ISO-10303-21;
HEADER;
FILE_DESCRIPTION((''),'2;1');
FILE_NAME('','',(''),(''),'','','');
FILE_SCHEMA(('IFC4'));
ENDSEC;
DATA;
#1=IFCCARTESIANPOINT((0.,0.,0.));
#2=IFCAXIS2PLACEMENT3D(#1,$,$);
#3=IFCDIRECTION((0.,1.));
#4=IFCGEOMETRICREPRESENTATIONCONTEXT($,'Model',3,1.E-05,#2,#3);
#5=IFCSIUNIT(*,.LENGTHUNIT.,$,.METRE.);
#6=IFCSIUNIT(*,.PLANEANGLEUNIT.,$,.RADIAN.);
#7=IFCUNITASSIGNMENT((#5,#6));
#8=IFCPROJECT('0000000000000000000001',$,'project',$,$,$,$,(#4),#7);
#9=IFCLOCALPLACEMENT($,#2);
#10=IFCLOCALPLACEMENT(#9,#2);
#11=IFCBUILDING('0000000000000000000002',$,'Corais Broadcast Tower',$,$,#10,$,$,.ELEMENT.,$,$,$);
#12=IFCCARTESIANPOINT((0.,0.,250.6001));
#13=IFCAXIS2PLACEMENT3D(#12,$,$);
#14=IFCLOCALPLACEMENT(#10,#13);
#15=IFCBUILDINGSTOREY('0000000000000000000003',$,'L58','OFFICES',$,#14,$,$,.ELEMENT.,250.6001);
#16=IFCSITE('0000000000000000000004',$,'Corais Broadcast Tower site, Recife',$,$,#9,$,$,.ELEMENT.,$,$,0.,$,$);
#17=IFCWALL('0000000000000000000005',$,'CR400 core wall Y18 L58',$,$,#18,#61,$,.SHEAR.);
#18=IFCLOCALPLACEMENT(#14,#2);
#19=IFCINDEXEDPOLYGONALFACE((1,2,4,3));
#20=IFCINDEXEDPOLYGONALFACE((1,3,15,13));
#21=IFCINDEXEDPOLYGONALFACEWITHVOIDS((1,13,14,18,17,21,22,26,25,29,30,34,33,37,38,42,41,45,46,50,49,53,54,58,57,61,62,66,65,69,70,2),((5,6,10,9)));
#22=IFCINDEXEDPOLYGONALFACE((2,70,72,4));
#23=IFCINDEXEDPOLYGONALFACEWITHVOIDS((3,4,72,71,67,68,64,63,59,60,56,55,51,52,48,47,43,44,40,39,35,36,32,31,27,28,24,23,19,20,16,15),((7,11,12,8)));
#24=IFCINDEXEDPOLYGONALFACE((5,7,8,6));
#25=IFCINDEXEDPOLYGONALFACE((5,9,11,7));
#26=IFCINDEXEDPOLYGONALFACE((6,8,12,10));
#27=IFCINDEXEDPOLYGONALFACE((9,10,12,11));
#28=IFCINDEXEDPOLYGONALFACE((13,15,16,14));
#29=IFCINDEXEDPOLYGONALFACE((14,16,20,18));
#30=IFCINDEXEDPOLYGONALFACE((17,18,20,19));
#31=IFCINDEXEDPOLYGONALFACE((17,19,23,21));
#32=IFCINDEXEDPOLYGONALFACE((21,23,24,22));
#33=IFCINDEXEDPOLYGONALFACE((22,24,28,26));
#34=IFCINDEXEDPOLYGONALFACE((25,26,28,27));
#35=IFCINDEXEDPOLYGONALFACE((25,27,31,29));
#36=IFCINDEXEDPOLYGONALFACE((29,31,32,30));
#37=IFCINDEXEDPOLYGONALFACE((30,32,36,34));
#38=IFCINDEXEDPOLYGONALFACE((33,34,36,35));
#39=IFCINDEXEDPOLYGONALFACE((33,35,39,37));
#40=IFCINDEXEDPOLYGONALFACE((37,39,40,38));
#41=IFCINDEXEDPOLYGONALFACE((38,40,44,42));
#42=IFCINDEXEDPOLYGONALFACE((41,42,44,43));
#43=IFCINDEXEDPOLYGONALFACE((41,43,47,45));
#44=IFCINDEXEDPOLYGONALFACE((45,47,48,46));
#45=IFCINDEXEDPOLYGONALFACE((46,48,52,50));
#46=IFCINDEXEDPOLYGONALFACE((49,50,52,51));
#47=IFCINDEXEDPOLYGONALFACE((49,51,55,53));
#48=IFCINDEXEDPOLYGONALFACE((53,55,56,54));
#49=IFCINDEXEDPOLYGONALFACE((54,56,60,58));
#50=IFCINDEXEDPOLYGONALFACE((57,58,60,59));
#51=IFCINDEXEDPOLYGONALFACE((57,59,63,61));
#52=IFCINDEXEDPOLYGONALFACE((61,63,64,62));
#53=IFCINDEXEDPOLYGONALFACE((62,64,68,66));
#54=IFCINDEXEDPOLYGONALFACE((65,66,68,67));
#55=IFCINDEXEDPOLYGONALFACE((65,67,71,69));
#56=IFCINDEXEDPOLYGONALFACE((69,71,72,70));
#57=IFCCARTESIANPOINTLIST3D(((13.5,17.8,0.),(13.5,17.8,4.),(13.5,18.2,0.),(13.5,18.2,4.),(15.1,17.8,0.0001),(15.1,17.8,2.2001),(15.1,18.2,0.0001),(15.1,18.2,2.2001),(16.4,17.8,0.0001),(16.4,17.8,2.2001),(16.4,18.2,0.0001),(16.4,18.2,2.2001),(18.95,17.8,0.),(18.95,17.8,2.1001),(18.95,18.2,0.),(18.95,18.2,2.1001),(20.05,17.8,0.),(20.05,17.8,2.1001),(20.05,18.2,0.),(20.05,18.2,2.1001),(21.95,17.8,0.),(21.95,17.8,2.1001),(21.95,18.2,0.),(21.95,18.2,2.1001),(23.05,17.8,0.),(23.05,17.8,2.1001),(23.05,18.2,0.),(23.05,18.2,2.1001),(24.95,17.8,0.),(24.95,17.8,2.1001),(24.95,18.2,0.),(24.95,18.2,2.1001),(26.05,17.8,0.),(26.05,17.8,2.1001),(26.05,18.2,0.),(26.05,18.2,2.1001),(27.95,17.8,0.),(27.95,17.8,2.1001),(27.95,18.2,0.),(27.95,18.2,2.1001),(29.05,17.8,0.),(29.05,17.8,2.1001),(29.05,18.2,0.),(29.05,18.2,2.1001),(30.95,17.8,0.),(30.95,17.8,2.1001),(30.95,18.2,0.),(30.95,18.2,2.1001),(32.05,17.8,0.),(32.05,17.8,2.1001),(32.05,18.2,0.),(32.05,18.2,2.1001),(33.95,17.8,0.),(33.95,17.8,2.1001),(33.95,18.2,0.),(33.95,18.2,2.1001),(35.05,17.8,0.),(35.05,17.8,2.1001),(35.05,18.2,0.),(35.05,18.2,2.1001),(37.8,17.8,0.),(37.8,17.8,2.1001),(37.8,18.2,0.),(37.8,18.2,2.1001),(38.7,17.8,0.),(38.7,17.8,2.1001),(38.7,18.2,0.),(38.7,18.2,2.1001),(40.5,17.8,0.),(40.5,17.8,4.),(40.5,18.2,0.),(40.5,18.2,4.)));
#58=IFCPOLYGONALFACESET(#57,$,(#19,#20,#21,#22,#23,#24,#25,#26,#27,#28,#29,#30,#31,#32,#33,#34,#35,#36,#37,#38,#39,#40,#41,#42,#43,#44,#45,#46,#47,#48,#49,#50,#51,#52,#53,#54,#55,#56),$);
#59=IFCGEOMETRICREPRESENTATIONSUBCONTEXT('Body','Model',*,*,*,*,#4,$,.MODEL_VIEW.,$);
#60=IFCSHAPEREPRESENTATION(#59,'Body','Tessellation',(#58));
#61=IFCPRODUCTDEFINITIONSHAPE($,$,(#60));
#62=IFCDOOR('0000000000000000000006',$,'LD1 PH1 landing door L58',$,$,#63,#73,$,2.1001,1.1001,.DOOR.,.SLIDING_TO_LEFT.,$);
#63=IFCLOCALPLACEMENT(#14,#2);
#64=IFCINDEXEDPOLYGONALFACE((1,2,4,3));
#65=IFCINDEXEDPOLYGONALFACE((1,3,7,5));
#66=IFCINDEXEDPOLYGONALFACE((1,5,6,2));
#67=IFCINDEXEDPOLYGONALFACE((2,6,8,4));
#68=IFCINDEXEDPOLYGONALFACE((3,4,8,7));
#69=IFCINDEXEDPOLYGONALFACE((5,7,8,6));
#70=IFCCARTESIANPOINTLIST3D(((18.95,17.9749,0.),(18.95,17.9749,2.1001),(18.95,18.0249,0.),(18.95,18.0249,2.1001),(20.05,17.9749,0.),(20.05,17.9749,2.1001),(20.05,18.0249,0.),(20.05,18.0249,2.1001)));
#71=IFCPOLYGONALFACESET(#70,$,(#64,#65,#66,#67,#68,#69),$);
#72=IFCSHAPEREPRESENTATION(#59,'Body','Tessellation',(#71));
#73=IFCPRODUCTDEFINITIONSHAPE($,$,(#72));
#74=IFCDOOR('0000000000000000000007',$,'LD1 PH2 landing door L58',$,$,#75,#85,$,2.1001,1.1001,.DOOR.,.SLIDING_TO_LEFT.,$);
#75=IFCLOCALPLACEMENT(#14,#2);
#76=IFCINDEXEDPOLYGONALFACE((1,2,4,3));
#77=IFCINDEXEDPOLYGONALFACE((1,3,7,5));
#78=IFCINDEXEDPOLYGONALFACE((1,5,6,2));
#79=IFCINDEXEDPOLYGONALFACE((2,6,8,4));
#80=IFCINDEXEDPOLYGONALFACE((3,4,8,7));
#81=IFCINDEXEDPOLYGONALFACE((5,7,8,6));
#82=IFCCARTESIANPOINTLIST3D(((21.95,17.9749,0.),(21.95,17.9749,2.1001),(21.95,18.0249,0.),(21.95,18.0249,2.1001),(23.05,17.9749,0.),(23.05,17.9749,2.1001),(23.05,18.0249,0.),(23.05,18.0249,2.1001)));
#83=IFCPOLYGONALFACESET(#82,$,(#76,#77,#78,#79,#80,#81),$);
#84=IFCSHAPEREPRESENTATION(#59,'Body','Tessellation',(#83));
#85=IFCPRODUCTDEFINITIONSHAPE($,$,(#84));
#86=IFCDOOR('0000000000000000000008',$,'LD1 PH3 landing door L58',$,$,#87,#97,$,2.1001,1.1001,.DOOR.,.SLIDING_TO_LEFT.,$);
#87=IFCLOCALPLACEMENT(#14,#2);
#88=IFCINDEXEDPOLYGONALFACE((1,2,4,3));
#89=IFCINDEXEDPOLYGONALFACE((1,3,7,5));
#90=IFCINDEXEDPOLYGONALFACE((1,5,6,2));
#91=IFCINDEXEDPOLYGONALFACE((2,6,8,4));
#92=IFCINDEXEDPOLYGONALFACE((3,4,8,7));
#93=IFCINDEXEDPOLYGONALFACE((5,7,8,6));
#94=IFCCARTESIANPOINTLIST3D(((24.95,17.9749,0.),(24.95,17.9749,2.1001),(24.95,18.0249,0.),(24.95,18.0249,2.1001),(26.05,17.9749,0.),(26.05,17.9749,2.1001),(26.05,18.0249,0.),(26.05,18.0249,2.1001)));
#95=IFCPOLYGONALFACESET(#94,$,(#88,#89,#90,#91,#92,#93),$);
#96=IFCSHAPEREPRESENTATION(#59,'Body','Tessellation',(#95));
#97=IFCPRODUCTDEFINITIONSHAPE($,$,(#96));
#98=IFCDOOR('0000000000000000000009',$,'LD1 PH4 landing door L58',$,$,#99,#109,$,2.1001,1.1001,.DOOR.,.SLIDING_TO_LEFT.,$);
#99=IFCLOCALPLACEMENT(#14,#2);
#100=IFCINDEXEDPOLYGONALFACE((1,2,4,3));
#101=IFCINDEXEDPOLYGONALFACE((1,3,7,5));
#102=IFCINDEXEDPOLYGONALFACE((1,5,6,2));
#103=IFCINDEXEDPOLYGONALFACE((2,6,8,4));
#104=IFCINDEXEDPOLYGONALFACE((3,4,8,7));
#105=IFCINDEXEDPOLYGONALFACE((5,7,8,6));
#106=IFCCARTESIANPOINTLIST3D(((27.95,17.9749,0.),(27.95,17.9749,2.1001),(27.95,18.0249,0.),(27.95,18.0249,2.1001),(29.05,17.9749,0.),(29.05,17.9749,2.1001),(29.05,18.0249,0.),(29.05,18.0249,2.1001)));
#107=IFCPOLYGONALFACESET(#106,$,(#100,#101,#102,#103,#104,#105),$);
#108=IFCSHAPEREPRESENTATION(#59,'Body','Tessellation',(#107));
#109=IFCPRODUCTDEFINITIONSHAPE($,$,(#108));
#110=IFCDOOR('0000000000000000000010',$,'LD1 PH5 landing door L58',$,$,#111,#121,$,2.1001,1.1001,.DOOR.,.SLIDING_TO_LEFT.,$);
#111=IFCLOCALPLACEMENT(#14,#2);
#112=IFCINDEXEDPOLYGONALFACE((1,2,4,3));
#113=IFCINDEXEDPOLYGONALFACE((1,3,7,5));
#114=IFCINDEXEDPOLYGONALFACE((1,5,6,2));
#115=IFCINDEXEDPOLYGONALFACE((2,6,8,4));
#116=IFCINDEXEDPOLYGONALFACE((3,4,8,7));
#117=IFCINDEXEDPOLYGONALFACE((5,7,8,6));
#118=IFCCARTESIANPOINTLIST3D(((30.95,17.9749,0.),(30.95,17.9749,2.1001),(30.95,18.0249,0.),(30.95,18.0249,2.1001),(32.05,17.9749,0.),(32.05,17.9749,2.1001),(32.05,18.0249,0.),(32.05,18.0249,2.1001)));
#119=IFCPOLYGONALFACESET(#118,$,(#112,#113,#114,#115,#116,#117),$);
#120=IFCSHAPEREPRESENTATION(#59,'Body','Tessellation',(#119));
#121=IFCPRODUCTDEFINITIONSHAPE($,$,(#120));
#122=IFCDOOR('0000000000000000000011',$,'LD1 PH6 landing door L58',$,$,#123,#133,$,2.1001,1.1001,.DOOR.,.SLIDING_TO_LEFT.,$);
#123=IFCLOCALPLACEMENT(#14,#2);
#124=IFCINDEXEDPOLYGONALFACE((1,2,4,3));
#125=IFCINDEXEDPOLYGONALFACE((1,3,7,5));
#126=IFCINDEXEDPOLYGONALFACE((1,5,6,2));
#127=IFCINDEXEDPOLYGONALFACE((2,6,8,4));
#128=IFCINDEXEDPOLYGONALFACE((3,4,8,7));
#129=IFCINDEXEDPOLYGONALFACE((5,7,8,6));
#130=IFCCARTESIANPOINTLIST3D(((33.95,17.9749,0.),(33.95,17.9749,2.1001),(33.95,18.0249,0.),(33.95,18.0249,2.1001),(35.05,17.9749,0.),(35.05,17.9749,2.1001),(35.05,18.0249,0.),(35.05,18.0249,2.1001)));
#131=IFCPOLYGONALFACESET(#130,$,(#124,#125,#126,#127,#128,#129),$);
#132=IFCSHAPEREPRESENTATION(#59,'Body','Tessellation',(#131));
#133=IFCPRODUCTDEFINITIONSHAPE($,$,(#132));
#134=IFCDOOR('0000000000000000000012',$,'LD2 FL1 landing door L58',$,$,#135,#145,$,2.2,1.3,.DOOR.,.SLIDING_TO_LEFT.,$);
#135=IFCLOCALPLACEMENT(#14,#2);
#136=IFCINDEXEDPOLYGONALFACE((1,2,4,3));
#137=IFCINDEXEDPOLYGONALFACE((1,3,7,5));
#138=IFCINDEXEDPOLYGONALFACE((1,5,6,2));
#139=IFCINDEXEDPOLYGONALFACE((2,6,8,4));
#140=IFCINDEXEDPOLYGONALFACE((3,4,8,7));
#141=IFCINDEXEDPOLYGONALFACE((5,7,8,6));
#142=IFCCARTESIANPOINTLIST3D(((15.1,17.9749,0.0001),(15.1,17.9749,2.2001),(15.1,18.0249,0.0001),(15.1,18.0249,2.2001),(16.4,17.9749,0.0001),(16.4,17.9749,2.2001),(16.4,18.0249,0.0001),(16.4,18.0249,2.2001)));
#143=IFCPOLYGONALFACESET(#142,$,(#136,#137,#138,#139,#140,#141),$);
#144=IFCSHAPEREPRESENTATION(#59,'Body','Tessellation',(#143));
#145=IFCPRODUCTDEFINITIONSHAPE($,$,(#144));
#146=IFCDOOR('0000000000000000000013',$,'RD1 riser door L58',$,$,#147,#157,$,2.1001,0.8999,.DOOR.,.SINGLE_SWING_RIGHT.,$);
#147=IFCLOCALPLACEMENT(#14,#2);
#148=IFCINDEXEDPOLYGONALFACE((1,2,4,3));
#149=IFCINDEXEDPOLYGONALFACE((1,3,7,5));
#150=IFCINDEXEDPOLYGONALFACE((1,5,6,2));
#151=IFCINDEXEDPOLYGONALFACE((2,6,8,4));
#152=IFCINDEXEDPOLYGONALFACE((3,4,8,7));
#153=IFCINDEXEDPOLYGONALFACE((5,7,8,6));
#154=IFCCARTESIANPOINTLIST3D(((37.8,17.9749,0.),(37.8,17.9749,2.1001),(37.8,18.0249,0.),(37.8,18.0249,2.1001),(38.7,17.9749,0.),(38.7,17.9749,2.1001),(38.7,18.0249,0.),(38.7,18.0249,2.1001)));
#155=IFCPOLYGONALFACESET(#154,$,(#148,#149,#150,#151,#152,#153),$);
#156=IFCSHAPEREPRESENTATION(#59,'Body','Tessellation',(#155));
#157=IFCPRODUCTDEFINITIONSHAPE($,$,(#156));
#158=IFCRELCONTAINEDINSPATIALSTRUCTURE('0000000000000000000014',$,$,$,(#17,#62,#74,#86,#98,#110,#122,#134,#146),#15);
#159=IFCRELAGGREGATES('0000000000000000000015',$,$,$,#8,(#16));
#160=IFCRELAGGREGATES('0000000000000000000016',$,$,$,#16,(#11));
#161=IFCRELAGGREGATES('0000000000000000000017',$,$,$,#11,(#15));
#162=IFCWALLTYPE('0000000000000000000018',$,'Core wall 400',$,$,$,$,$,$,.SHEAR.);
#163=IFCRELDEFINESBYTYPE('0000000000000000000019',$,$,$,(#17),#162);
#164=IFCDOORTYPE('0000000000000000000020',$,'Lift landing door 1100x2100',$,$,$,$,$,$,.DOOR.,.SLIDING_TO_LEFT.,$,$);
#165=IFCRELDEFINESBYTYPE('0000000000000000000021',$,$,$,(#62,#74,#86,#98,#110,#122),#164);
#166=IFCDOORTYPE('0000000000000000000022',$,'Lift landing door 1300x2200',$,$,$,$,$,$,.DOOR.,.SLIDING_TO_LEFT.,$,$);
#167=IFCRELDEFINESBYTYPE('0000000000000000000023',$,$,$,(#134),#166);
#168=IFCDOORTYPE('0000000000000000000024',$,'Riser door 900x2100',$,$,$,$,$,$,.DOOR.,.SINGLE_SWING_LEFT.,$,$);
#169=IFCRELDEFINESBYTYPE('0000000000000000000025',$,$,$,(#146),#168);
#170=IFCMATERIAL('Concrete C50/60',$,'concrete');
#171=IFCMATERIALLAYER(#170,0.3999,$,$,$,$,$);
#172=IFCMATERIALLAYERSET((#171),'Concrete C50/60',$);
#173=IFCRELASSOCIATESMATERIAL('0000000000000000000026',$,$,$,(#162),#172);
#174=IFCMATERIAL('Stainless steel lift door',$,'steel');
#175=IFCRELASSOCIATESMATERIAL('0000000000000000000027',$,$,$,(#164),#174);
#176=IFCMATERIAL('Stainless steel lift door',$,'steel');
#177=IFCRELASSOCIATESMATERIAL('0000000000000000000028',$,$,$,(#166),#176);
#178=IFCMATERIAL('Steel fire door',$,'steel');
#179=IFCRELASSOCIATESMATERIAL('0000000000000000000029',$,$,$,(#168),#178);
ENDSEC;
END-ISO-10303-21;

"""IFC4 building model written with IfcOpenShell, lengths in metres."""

from ifc_helpers import new_model, si_unit, direction, frame, frame_2d, origin, place, context, subcontext, project, spatial, rectangle, extrude, material, layer, layer_set, type_object, element, fill, save


model = new_model("IFC4")

# Units and contexts
model_context = context("Model", 3, precision=1e-05, world=origin(), true_north=direction((0.0, 1.0)))
body_context = subcontext(model_context, "Body", "Model", "MODEL_VIEW")
ifc_project = project(units=[si_unit("LENGTHUNIT", "METRE"), si_unit("PLANEANGLEUNIT", "RADIAN")], contexts=[model_context])

# Site, building, storey
site_placement = place(None, origin())
site = spatial("IfcSite", under=ifc_project, at=site_placement, Name="Corais Broadcast Tower site, Recife", CompositionType="ELEMENT", RefElevation=0.0)
building_placement = place(site_placement, origin())
building = spatial("IfcBuilding", under=site, at=building_placement, Name="Corais Broadcast Tower", CompositionType="ELEMENT")
storey_placement = place(building_placement, frame((0.0, 0.0, 250.6001)))
storey = spatial("IfcBuildingStorey", under=building, at=storey_placement, Name="L58", Description="OFFICES", CompositionType="ELEMENT", Elevation=250.6001)

# Shared definitions
ifc_material_1 = material(Name="Concrete C50/60", Category="concrete")
ifc_layer_1 = layer(ifc_material_1, 0.3999)
ifc_layer_set_1 = layer_set([ifc_layer_1], Name="Concrete C50/60")
wall_type_1 = type_object("IfcWallType", Name="Core wall 400", PredefinedType="SHEAR", material=ifc_layer_set_1)

# Wall, openings, doors
wall_1_placement = place(storey_placement, frame((13.5, 18.0, 0.0), z_axis=(0.0, 0.0, 1.0), x_axis=(1.0, 0.0, 0.0)))
wall_1 = element("IfcWall", 1, at=wall_1_placement, inside=storey, type_object=wall_type_1, Name="CR400 core wall Y18 L58", PredefinedType="SHEAR", context=body_context, shape_type="SweptSolid", body=[
    extrude(rectangle(XDim=27.0, YDim=0.3999, at=frame_2d((13.5, 0.0))), origin(), (0.0, 0.0, 1.0), 4.0),
])
opening_1_placement = place(wall_1_placement, frame((24.3, 0.0, 0.0)))
opening_1 = element("IfcOpeningElement", 2, at=opening_1_placement, cuts=wall_1, PredefinedType="OPENING", context=body_context, shape_type="SweptSolid", body=[
    extrude(rectangle(XDim=0.8999, YDim=2.1001, at=frame_2d((0.45, 1.05))), frame((0.0, 0.21, 0.0), z_axis=(0.0, -1.0, 0.0), x_axis=(1.0, 0.0, 0.0)), (0.0, 0.0, 1.0), 0.4199),
])
opening_2_placement = place(wall_1_placement, frame((5.45, 0.0, 0.0)))
opening_2 = element("IfcOpeningElement", 3, at=opening_2_placement, cuts=wall_1, PredefinedType="OPENING", context=body_context, shape_type="SweptSolid", body=[
    extrude(rectangle(XDim=1.1001, YDim=2.1001, at=frame_2d((0.55, 1.05))), frame((0.0, 0.21, 0.0), z_axis=(0.0, -1.0, 0.0), x_axis=(1.0, 0.0, 0.0)), (0.0, 0.0, 1.0), 0.4199),
])
opening_3_placement = place(wall_1_placement, frame((8.45, 0.0, 0.0)))
opening_3 = element("IfcOpeningElement", 4, at=opening_3_placement, cuts=wall_1, PredefinedType="OPENING", context=body_context, shape_type="SweptSolid", body=[
    extrude(rectangle(XDim=1.1001, YDim=2.1001, at=frame_2d((0.55, 1.05))), frame((0.0, 0.21, 0.0), z_axis=(0.0, -1.0, 0.0), x_axis=(1.0, 0.0, 0.0)), (0.0, 0.0, 1.0), 0.4199),
])
opening_4_placement = place(wall_1_placement, frame((11.45, 0.0, 0.0)))
opening_4 = element("IfcOpeningElement", 5, at=opening_4_placement, cuts=wall_1, PredefinedType="OPENING", context=body_context, shape_type="SweptSolid", body=[
    extrude(rectangle(XDim=1.1001, YDim=2.1001, at=frame_2d((0.55, 1.05))), frame((0.0, 0.21, 0.0), z_axis=(0.0, -1.0, 0.0), x_axis=(1.0, 0.0, 0.0)), (0.0, 0.0, 1.0), 0.4199),
])
opening_5_placement = place(wall_1_placement, frame((14.45, 0.0, 0.0)))
opening_5 = element("IfcOpeningElement", 6, at=opening_5_placement, cuts=wall_1, PredefinedType="OPENING", context=body_context, shape_type="SweptSolid", body=[
    extrude(rectangle(XDim=1.1001, YDim=2.1001, at=frame_2d((0.55, 1.05))), frame((0.0, 0.21, 0.0), z_axis=(0.0, -1.0, 0.0), x_axis=(1.0, 0.0, 0.0)), (0.0, 0.0, 1.0), 0.4199),
])
opening_6_placement = place(wall_1_placement, frame((17.45, 0.0, 0.0)))
opening_6 = element("IfcOpeningElement", 7, at=opening_6_placement, cuts=wall_1, PredefinedType="OPENING", context=body_context, shape_type="SweptSolid", body=[
    extrude(rectangle(XDim=1.1001, YDim=2.1001, at=frame_2d((0.55, 1.05))), frame((0.0, 0.21, 0.0), z_axis=(0.0, -1.0, 0.0), x_axis=(1.0, 0.0, 0.0)), (0.0, 0.0, 1.0), 0.4199),
])
opening_7_placement = place(wall_1_placement, frame((20.45, 0.0, 0.0)))
opening_7 = element("IfcOpeningElement", 8, at=opening_7_placement, cuts=wall_1, PredefinedType="OPENING", context=body_context, shape_type="SweptSolid", body=[
    extrude(rectangle(XDim=1.1001, YDim=2.1001, at=frame_2d((0.55, 1.05))), frame((0.0, 0.21, 0.0), z_axis=(0.0, -1.0, 0.0), x_axis=(1.0, 0.0, 0.0)), (0.0, 0.0, 1.0), 0.4199),
])
opening_8_placement = place(wall_1_placement, frame((1.6001, 0.0, 0.0)))
opening_8 = element("IfcOpeningElement", 9, at=opening_8_placement, cuts=wall_1, PredefinedType="OPENING", context=body_context, shape_type="SweptSolid", body=[
    extrude(rectangle(XDim=1.3, YDim=2.2, at=frame_2d((0.6499, 1.1001))), frame((0.0, 0.21, 0.0), z_axis=(0.0, -1.0, 0.0), x_axis=(1.0, 0.0, 0.0)), (0.0, 0.0, 1.0), 0.4199),
])
ifc_material_2 = material(Name="Stainless steel lift door", Category="steel")
door_type_1 = type_object("IfcDoorType", Name="Lift landing door 1100x2100", OperationType="SLIDING_TO_LEFT", PredefinedType="DOOR", material=ifc_material_2)
door_1_placement = place(opening_2_placement, origin())
door_1 = element("IfcDoor", 10, at=door_1_placement, inside=storey, type_object=door_type_1, Name="LD1 PH1 landing door L58", OperationType="SLIDING_TO_LEFT", OverallHeight=2.1001, OverallWidth=1.1001, PredefinedType="DOOR", context=body_context, shape_type="SweptSolid", body=[
    extrude(rectangle(XDim=1.1001, YDim=2.1001, at=frame_2d((0.55, 1.05))), frame((0.0, 0.0249, 0.0), z_axis=(0.0, -1.0, 0.0), x_axis=(1.0, 0.0, 0.0)), (0.0, 0.0, 1.0), 0.05),
])
fill(opening_2, door_1)
door_2_placement = place(opening_3_placement, origin())
door_2 = element("IfcDoor", 11, at=door_2_placement, inside=storey, type_object=door_type_1, Name="LD1 PH2 landing door L58", OperationType="SLIDING_TO_LEFT", OverallHeight=2.1001, OverallWidth=1.1001, PredefinedType="DOOR", context=body_context, shape_type="SweptSolid", body=[
    extrude(rectangle(XDim=1.1001, YDim=2.1001, at=frame_2d((0.55, 1.05))), frame((0.0, 0.0249, 0.0), z_axis=(0.0, -1.0, 0.0), x_axis=(1.0, 0.0, 0.0)), (0.0, 0.0, 1.0), 0.05),
])
fill(opening_3, door_2)
door_3_placement = place(opening_4_placement, origin())
door_3 = element("IfcDoor", 12, at=door_3_placement, inside=storey, type_object=door_type_1, Name="LD1 PH3 landing door L58", OperationType="SLIDING_TO_LEFT", OverallHeight=2.1001, OverallWidth=1.1001, PredefinedType="DOOR", context=body_context, shape_type="SweptSolid", body=[
    extrude(rectangle(XDim=1.1001, YDim=2.1001, at=frame_2d((0.55, 1.05))), frame((0.0, 0.0249, 0.0), z_axis=(0.0, -1.0, 0.0), x_axis=(1.0, 0.0, 0.0)), (0.0, 0.0, 1.0), 0.05),
])
fill(opening_4, door_3)
door_4_placement = place(opening_5_placement, origin())
door_4 = element("IfcDoor", 13, at=door_4_placement, inside=storey, type_object=door_type_1, Name="LD1 PH4 landing door L58", OperationType="SLIDING_TO_LEFT", OverallHeight=2.1001, OverallWidth=1.1001, PredefinedType="DOOR", context=body_context, shape_type="SweptSolid", body=[
    extrude(rectangle(XDim=1.1001, YDim=2.1001, at=frame_2d((0.55, 1.05))), frame((0.0, 0.0249, 0.0), z_axis=(0.0, -1.0, 0.0), x_axis=(1.0, 0.0, 0.0)), (0.0, 0.0, 1.0), 0.05),
])
fill(opening_5, door_4)
door_5_placement = place(opening_6_placement, origin())
door_5 = element("IfcDoor", 14, at=door_5_placement, inside=storey, type_object=door_type_1, Name="LD1 PH5 landing door L58", OperationType="SLIDING_TO_LEFT", OverallHeight=2.1001, OverallWidth=1.1001, PredefinedType="DOOR", context=body_context, shape_type="SweptSolid", body=[
    extrude(rectangle(XDim=1.1001, YDim=2.1001, at=frame_2d((0.55, 1.05))), frame((0.0, 0.0249, 0.0), z_axis=(0.0, -1.0, 0.0), x_axis=(1.0, 0.0, 0.0)), (0.0, 0.0, 1.0), 0.05),
])
fill(opening_6, door_5)
door_6_placement = place(opening_7_placement, origin())
door_6 = element("IfcDoor", 15, at=door_6_placement, inside=storey, type_object=door_type_1, Name="LD1 PH6 landing door L58", OperationType="SLIDING_TO_LEFT", OverallHeight=2.1001, OverallWidth=1.1001, PredefinedType="DOOR", context=body_context, shape_type="SweptSolid", body=[
    extrude(rectangle(XDim=1.1001, YDim=2.1001, at=frame_2d((0.55, 1.05))), frame((0.0, 0.0249, 0.0), z_axis=(0.0, -1.0, 0.0), x_axis=(1.0, 0.0, 0.0)), (0.0, 0.0, 1.0), 0.05),
])
fill(opening_7, door_6)
ifc_material_3 = material(Name="Stainless steel lift door", Category="steel")
door_type_2 = type_object("IfcDoorType", Name="Lift landing door 1300x2200", OperationType="SLIDING_TO_LEFT", PredefinedType="DOOR", material=ifc_material_3)
door_7_placement = place(opening_8_placement, origin())
door_7 = element("IfcDoor", 16, at=door_7_placement, inside=storey, type_object=door_type_2, Name="LD2 FL1 landing door L58", OperationType="SLIDING_TO_LEFT", OverallHeight=2.2, OverallWidth=1.3, PredefinedType="DOOR", context=body_context, shape_type="SweptSolid", body=[
    extrude(rectangle(XDim=1.3, YDim=2.2, at=frame_2d((0.6499, 1.1001))), frame((0.0, 0.0249, 0.0), z_axis=(0.0, -1.0, 0.0), x_axis=(1.0, 0.0, 0.0)), (0.0, 0.0, 1.0), 0.05),
])
fill(opening_8, door_7)
ifc_material_4 = material(Name="Steel fire door", Category="steel")
door_type_3 = type_object("IfcDoorType", Name="Riser door 900x2100", OperationType="SINGLE_SWING_LEFT", PredefinedType="DOOR", material=ifc_material_4)
door_8_placement = place(opening_1_placement, origin())
door_8 = element("IfcDoor", 17, at=door_8_placement, inside=storey, type_object=door_type_3, Name="RD1 riser door L58", OperationType="SINGLE_SWING_RIGHT", OverallHeight=2.1001, OverallWidth=0.8999, PredefinedType="DOOR", context=body_context, shape_type="SweptSolid", body=[
    extrude(rectangle(XDim=0.8999, YDim=2.1001, at=frame_2d((0.45, 1.05))), frame((0.0, 0.0249, 0.0), z_axis=(0.0, -1.0, 0.0), x_axis=(1.0, 0.0, 0.0)), (0.0, 0.0, 1.0), 0.05),
])
fill(opening_1, door_8)

save(model, "model.ifc")
